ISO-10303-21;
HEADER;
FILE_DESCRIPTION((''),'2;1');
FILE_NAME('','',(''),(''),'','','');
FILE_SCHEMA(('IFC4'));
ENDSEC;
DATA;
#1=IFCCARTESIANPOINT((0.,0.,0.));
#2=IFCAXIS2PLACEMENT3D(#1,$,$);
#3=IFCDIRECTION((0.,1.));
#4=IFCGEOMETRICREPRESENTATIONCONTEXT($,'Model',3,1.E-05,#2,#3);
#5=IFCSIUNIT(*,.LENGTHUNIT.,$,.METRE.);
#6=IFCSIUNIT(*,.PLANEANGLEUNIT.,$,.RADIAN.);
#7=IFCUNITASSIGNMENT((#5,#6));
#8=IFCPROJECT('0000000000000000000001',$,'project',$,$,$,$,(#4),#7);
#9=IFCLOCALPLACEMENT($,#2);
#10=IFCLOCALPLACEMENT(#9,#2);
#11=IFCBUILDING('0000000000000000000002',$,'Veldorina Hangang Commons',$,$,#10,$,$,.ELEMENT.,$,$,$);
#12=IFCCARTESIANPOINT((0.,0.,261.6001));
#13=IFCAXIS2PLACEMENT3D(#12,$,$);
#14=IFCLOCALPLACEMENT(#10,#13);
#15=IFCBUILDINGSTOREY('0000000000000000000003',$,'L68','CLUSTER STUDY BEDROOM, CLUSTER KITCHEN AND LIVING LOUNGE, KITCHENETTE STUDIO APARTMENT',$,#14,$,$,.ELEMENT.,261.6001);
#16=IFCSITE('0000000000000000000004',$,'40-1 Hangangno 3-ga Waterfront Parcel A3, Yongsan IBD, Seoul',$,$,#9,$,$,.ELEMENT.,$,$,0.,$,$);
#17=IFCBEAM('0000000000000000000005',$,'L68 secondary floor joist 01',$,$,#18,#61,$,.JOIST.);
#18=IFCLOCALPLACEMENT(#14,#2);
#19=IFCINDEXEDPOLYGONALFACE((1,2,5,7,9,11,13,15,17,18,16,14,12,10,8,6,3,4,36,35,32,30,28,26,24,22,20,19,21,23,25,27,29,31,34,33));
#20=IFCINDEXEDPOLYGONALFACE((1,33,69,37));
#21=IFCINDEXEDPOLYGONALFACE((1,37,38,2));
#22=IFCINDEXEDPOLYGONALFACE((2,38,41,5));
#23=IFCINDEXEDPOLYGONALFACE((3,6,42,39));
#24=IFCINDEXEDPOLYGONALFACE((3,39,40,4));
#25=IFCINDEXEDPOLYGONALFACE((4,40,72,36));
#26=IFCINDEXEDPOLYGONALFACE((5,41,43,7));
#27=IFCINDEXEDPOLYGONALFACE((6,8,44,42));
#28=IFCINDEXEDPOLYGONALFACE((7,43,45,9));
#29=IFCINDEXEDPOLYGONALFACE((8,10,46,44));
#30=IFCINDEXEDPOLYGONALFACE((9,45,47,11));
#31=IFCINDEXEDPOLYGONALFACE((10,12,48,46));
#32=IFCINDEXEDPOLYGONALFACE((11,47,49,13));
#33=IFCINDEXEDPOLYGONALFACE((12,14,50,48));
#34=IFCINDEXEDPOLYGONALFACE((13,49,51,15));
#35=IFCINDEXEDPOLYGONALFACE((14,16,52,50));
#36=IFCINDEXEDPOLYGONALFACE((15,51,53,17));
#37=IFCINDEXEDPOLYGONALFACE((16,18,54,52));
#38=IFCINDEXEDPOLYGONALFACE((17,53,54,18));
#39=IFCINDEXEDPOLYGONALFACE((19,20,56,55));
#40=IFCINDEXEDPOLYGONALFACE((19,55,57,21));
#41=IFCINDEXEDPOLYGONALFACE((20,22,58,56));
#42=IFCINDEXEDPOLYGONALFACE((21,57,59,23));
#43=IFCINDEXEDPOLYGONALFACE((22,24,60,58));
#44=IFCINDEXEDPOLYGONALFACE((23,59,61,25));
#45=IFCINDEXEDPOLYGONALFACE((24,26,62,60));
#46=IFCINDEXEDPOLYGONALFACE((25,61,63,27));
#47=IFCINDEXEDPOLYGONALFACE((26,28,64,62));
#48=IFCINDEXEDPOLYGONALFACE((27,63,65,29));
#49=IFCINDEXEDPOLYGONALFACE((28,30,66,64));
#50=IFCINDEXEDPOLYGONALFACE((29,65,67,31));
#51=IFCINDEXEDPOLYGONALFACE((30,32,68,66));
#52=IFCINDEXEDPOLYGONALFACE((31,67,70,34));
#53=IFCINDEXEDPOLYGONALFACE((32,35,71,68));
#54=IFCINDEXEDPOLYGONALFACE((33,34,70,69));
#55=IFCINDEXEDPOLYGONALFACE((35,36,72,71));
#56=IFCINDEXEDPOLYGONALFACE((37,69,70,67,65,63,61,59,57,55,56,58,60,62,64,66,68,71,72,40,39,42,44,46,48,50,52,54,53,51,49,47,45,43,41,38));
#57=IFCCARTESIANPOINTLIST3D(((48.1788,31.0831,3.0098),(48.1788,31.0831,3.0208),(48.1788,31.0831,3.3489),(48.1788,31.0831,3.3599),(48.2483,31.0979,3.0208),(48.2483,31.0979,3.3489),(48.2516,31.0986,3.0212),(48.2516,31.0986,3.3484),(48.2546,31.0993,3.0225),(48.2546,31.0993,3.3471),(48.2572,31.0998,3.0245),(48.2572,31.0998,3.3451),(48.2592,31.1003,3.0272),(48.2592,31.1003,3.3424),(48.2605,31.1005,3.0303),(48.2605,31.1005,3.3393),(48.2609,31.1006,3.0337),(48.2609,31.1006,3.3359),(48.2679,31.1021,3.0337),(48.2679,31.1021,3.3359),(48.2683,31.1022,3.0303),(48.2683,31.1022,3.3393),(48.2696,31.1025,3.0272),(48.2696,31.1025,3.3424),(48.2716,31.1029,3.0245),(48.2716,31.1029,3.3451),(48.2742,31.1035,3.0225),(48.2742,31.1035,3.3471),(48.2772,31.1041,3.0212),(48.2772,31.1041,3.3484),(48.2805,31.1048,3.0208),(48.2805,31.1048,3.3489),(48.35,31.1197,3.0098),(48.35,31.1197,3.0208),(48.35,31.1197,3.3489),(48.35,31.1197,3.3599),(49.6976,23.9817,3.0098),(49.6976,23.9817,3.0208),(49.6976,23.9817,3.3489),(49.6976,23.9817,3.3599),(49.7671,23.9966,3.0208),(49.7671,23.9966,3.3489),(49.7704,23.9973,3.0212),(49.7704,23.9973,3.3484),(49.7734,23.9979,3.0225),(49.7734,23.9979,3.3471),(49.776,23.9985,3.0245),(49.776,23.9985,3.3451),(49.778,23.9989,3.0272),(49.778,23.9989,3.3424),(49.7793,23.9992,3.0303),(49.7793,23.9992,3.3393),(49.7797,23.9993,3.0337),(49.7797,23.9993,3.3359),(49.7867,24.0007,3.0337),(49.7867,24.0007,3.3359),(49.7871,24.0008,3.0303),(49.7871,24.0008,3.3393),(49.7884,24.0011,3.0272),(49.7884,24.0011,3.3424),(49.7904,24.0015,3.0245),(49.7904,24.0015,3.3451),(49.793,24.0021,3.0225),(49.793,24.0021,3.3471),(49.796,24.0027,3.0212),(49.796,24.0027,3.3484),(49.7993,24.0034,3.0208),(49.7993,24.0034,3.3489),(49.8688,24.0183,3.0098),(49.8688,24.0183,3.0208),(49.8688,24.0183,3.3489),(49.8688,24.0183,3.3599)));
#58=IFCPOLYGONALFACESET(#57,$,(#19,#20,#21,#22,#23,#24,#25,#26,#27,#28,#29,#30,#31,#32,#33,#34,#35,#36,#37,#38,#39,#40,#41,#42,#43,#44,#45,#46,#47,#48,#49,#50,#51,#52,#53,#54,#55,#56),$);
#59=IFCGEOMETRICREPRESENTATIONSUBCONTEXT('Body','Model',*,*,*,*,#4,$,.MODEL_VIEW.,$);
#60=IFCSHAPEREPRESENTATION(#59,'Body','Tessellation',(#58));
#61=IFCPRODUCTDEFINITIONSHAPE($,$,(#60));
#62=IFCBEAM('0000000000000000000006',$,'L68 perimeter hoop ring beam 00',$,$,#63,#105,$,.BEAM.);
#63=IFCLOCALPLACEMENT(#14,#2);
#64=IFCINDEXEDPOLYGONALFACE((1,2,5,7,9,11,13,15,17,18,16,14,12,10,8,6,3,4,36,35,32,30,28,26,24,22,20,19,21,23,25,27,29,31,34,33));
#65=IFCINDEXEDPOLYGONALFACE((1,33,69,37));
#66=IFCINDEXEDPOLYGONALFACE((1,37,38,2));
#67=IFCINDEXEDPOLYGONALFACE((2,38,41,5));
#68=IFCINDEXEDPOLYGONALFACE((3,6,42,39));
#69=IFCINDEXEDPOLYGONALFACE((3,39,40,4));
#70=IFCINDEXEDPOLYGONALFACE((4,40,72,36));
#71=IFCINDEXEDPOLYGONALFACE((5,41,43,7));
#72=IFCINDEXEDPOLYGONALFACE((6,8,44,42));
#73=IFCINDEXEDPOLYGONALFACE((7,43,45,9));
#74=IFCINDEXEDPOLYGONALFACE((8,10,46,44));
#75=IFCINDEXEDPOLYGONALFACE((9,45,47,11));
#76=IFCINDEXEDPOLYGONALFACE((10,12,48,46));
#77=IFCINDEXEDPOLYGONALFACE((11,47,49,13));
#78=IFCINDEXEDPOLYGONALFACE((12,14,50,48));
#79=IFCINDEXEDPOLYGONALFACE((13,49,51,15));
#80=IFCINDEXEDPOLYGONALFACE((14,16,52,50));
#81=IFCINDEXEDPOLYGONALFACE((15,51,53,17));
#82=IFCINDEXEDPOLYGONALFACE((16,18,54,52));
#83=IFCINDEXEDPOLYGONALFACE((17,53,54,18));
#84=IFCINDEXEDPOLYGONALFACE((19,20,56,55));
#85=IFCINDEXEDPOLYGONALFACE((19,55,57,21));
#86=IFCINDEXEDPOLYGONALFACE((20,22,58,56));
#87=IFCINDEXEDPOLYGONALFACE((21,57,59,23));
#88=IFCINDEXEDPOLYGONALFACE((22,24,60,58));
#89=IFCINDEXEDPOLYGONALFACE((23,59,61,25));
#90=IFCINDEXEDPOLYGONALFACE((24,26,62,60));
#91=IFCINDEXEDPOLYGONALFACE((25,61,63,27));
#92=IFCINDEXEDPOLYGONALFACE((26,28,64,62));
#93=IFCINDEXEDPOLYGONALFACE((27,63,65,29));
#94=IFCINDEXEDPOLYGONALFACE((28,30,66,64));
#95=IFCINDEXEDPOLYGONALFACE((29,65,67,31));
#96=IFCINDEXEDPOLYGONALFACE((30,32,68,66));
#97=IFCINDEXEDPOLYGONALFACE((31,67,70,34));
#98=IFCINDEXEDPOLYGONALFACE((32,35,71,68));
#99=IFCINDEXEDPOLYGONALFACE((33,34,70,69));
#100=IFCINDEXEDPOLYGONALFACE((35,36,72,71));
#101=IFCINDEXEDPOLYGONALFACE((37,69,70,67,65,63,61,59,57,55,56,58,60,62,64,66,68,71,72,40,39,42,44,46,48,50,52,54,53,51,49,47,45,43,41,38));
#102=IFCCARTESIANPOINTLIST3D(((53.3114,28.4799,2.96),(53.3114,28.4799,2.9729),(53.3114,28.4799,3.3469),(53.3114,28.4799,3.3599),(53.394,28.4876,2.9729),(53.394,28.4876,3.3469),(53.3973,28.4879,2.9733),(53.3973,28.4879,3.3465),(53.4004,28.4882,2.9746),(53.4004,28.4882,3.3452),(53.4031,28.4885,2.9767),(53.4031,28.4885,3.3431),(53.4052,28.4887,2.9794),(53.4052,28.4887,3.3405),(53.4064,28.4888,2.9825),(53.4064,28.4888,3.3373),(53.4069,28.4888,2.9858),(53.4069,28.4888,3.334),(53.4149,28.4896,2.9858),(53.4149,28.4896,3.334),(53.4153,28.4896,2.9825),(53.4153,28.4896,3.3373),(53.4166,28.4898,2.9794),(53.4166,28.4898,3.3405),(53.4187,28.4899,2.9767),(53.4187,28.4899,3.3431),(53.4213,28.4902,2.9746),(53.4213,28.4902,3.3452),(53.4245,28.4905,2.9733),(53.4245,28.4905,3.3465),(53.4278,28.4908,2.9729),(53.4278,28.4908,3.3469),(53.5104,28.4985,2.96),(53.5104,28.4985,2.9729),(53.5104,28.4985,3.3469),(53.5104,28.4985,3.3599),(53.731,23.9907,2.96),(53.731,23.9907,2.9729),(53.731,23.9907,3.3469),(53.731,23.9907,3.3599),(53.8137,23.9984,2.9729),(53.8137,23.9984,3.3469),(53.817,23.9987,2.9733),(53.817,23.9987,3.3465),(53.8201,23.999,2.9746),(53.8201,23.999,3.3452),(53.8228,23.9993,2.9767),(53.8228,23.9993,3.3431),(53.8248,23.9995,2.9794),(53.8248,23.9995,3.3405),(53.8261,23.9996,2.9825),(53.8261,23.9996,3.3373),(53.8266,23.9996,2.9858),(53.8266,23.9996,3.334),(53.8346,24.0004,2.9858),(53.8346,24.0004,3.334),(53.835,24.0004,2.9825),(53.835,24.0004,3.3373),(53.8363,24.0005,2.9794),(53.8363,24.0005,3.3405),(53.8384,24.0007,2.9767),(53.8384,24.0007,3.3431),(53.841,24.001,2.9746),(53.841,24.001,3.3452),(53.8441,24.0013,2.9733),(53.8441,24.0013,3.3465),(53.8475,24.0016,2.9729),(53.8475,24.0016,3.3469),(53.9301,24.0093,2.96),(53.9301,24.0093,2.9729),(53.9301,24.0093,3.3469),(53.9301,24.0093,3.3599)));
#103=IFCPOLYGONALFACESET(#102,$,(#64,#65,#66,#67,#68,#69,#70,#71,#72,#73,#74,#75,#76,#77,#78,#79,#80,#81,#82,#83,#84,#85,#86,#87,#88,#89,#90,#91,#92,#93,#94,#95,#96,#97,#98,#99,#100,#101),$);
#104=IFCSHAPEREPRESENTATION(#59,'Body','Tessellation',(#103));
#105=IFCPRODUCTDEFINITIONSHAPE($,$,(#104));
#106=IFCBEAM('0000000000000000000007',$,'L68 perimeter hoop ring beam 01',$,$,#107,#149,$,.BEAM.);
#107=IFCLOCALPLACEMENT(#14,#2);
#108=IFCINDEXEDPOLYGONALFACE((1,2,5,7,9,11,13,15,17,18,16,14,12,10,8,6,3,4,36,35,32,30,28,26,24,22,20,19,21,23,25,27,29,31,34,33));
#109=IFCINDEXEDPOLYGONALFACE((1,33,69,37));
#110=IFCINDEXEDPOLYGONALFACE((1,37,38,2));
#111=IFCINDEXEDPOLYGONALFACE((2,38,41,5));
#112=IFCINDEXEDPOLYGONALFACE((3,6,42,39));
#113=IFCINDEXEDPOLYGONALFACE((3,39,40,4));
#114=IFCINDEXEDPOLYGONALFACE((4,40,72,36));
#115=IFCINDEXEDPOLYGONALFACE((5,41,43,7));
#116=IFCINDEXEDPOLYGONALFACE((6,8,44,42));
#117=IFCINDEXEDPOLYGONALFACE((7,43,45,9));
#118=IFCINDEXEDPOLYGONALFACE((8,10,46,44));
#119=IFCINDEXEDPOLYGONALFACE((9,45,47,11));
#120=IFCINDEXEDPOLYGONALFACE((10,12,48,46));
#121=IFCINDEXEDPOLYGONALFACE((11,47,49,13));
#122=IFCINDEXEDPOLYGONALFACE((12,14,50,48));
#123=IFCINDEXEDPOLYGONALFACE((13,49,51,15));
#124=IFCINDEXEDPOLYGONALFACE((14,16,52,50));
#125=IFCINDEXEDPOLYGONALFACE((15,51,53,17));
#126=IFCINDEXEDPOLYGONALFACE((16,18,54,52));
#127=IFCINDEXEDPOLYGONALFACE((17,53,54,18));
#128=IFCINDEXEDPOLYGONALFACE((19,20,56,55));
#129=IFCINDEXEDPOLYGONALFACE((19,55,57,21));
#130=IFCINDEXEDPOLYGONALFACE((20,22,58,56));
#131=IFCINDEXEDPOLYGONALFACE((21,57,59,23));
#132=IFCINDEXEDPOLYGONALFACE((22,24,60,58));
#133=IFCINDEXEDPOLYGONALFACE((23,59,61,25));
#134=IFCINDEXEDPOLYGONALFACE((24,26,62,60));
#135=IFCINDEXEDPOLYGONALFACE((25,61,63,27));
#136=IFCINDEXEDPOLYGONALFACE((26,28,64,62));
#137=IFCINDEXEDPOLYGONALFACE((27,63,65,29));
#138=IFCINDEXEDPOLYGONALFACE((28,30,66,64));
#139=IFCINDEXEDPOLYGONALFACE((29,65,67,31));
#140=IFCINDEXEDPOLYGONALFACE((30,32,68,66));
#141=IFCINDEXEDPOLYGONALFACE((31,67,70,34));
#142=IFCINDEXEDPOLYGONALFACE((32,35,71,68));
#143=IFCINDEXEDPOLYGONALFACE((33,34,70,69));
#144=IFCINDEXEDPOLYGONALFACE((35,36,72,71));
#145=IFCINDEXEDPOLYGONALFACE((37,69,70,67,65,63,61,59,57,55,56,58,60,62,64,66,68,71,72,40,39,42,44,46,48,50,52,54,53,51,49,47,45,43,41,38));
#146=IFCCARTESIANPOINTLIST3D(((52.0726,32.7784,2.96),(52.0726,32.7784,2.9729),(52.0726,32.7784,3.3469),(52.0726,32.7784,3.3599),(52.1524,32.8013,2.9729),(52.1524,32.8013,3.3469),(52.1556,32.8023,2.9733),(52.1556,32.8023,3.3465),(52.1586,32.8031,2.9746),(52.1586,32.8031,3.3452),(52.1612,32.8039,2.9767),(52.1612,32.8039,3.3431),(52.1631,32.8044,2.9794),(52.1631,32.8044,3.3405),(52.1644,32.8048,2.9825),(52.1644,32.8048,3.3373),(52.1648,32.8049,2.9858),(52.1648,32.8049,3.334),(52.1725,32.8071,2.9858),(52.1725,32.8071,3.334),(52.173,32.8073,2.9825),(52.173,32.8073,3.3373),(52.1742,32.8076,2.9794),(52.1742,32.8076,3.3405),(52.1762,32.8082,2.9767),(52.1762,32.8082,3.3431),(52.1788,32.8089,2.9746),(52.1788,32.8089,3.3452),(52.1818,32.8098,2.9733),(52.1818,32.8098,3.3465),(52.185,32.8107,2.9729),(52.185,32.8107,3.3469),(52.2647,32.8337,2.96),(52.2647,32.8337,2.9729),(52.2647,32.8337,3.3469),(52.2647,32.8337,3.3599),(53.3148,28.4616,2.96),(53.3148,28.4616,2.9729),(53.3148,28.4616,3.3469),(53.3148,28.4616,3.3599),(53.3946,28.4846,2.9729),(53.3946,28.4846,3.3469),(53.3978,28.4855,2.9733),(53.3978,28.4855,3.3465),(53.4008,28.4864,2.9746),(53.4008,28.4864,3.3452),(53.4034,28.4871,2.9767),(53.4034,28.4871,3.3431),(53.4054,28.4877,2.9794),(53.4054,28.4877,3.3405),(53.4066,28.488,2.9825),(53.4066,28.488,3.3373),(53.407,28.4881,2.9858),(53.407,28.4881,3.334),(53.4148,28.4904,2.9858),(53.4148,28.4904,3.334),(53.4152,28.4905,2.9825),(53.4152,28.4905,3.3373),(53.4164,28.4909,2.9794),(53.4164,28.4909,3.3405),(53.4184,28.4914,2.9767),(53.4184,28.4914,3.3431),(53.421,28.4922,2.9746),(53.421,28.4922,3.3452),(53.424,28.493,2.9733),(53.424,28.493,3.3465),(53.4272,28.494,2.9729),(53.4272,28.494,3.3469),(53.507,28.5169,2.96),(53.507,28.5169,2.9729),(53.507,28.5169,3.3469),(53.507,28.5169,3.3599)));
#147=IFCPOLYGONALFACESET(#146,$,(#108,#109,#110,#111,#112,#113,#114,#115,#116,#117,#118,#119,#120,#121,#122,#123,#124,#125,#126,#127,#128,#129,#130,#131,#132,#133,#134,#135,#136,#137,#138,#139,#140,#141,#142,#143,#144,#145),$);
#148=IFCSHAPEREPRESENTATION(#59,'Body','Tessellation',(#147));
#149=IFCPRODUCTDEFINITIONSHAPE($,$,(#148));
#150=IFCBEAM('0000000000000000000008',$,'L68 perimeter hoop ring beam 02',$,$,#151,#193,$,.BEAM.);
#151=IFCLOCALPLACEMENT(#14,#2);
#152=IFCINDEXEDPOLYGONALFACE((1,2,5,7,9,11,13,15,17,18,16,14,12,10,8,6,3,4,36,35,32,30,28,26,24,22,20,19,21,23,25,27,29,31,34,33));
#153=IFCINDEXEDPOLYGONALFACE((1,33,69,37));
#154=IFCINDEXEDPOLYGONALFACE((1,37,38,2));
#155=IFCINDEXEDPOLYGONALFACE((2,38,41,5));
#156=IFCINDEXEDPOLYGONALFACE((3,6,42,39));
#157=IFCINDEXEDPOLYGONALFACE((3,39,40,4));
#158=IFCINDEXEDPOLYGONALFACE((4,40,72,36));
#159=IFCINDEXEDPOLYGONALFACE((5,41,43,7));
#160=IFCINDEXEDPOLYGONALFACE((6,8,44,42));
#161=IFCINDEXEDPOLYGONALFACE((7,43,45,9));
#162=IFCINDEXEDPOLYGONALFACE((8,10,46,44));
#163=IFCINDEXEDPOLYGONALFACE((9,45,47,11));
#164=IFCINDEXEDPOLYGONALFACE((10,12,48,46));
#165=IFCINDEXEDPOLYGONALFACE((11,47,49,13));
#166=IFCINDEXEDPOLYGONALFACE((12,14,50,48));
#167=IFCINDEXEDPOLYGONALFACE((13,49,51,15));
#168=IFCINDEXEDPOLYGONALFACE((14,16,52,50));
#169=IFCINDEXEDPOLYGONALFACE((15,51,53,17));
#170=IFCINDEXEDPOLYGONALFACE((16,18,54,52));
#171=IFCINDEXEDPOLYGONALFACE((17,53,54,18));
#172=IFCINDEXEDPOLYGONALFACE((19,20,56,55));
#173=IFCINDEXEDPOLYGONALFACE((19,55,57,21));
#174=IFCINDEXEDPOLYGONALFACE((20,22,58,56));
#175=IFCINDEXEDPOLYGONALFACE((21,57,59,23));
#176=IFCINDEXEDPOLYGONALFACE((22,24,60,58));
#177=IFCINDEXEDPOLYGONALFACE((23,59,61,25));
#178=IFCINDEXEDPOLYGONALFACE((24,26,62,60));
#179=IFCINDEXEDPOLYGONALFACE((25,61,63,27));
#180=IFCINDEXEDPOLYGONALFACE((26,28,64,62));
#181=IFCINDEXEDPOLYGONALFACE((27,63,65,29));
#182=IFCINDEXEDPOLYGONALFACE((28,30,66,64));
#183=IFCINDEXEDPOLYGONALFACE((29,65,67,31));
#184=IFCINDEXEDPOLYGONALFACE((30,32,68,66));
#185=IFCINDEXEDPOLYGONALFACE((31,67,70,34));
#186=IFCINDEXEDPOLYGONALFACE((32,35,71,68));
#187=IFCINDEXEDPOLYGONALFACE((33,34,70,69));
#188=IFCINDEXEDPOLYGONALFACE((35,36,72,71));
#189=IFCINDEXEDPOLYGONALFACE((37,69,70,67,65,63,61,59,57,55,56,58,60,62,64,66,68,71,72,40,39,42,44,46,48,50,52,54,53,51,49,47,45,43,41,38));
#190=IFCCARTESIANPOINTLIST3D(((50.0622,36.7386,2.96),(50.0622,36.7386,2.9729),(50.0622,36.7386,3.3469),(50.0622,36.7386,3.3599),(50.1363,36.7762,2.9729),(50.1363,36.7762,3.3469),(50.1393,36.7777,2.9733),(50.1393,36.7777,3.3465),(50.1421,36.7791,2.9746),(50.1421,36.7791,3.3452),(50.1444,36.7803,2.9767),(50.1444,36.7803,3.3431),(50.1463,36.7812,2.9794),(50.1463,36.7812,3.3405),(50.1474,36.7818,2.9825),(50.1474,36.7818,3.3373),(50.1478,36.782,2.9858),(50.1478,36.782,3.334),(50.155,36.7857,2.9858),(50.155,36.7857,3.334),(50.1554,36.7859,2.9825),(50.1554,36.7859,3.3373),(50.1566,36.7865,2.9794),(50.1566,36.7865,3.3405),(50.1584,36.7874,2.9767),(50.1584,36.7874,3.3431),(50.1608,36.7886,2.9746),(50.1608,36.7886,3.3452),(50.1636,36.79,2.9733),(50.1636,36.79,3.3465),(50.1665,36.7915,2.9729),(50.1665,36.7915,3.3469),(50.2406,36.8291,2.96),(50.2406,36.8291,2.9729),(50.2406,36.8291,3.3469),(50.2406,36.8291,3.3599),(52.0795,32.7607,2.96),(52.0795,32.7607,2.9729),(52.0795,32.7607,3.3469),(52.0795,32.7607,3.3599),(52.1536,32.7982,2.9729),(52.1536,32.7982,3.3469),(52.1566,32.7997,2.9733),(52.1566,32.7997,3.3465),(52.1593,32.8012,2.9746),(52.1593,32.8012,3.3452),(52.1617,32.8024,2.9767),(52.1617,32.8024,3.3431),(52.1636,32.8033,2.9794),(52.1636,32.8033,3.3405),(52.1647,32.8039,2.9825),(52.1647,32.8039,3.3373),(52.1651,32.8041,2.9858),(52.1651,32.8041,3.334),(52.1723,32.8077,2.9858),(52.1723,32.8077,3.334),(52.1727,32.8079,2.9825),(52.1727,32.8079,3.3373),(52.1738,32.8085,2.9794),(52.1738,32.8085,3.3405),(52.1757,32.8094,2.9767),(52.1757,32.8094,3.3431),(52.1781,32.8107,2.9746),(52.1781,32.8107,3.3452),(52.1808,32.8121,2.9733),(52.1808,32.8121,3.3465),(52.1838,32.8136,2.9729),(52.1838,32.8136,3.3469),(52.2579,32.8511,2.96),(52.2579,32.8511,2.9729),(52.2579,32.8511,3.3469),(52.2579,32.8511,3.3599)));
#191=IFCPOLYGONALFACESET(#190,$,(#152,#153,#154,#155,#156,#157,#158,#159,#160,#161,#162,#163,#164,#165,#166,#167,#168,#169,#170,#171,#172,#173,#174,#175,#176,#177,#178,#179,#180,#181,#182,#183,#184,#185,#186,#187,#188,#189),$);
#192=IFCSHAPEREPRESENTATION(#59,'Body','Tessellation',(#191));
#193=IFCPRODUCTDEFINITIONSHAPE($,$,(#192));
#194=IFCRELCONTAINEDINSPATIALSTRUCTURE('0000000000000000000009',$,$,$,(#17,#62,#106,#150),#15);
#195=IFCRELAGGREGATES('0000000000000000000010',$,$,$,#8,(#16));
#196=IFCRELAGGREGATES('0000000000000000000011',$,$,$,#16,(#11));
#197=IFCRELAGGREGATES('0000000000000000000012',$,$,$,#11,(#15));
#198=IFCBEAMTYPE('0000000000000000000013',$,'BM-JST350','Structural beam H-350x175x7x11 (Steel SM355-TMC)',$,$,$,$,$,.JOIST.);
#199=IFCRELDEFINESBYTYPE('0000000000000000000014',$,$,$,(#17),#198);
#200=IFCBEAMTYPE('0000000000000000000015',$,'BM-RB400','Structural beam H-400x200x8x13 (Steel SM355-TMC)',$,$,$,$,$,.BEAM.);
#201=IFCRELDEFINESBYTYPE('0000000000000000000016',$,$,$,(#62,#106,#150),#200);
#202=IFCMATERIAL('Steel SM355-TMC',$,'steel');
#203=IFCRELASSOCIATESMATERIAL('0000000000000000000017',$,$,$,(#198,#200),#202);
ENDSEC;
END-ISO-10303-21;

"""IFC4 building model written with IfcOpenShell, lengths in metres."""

from ifc_helpers import new_model, si_unit, direction, frame, origin, origin_2d, place, context, subcontext, project, spatial, i_section, extrude, material, material_profile, profile_set, type_object, element, save


model = new_model("IFC4")

# Units and contexts
model_context = context("Model", 3, precision=1e-05, world=origin(), true_north=direction((0.0, 1.0)))
body_context = subcontext(model_context, "Body", "Model", "MODEL_VIEW")
ifc_project = project(units=[si_unit("LENGTHUNIT", "METRE"), si_unit("PLANEANGLEUNIT", "RADIAN")], contexts=[model_context])

# Site, building, storey
site_placement = place(None, origin())
site = spatial("IfcSite", under=ifc_project, at=site_placement, Name="40-1 Hangangno 3-ga Waterfront Parcel A3, Yongsan IBD, Seoul", CompositionType="ELEMENT", RefElevation=0.0)
building_placement = place(site_placement, origin())
building = spatial("IfcBuilding", under=site, at=building_placement, Name="Veldorina Hangang Commons", CompositionType="ELEMENT")
storey_placement = place(building_placement, frame((0.0, 0.0, 261.6001)))
storey = spatial("IfcBuildingStorey", under=building, at=storey_placement, Name="L68", Description="CLUSTER STUDY BEDROOM, CLUSTER KITCHEN AND LIVING LOUNGE, KITCHENETTE STUDIO APARTMENT", CompositionType="ELEMENT", Elevation=261.6001)

# Beams
ifc_material_1 = material(Name="Steel SM355-TMC", Category="steel")
ifc_material_profile_1 = material_profile(ifc_material_1, i_section(OverallWidth=0.175, OverallDepth=0.3501, WebThickness=0.0071, FlangeThickness=0.011, FilletRadius=0.0129, at=origin_2d()), Name="H-350x175x7x11")
ifc_profile_set_1 = profile_set([ifc_material_profile_1], Name="Steel SM355-TMC")
beam_type_1 = type_object("IfcBeamType", Name="BM-JST350", Description="Structural beam H-350x175x7x11 (Steel SM355-TMC)", PredefinedType="JOIST", material=ifc_profile_set_1)
beam_1_placement = place(storey_placement, frame((49.7832, 24.0, 3.1848), z_axis=(-0.209146, 0.977885, 0.0), x_axis=(-0.977885, -0.209146, 0.0)))
element("IfcBeam", 1, at=beam_1_placement, inside=storey, type_object=beam_type_1, Name="L68 secondary floor joist 01", PredefinedType="JOIST", context=body_context, shape_type="SweptSolid", body=[
    extrude(i_section(OverallWidth=0.175, OverallDepth=0.3501, WebThickness=0.0071, FlangeThickness=0.011, FilletRadius=0.0129, at=origin_2d()), origin(), (0.0, 0.0, 1.0), 7.262),
])
ifc_material_profile_2 = material_profile(ifc_material_1, i_section(OverallWidth=0.2, OverallDepth=0.3999, WebThickness=0.0081, FlangeThickness=0.0129, FilletRadius=0.0129, at=origin_2d()), Name="H-400x200x8x13")
ifc_profile_set_2 = profile_set([ifc_material_profile_2], Name="Steel SM355-TMC")
beam_type_2 = type_object("IfcBeamType", Name="BM-RB400", Description="Structural beam H-400x200x8x13 (Steel SM355-TMC)", PredefinedType="BEAM", material=ifc_profile_set_2)
beam_2_placement = place(storey_placement, frame((53.8306, 24.0, 3.1599), z_axis=(-0.093079, 0.995659, 0.0), x_axis=(-0.995659, -0.093079, 0.0)))
element("IfcBeam", 2, at=beam_2_placement, inside=storey, type_object=beam_type_2, Name="L68 perimeter hoop ring beam 00", PredefinedType="BEAM", context=body_context, shape_type="SweptSolid", body=[
    extrude(i_section(OverallWidth=0.2, OverallDepth=0.3999, WebThickness=0.0081, FlangeThickness=0.0129, FilletRadius=0.0129, at=origin_2d()), origin(), (0.0, 0.0, 1.0), 4.5088),
])
beam_3_placement = place(storey_placement, frame((53.4109, 28.4893, 3.1599), z_axis=(-0.276544, 0.961001, 0.0), x_axis=(-0.961001, -0.276544, 0.0)))
element("IfcBeam", 3, at=beam_3_placement, inside=storey, type_object=beam_type_2, Name="L68 perimeter hoop ring beam 01", PredefinedType="BEAM", context=body_context, shape_type="SweptSolid", body=[
    extrude(i_section(OverallWidth=0.2, OverallDepth=0.3999, WebThickness=0.0081, FlangeThickness=0.0129, FilletRadius=0.0129, at=origin_2d()), origin(), (0.0, 0.0, 1.0), 4.4919),
])
beam_4_placement = place(storey_placement, frame((52.1687, 32.8059, 3.1599), z_axis=(-0.452286, 0.891873, 0.0), x_axis=(-0.891873, -0.452286, 0.0)))
element("IfcBeam", 4, at=beam_4_placement, inside=storey, type_object=beam_type_2, Name="L68 perimeter hoop ring beam 02", PredefinedType="BEAM", context=body_context, shape_type="SweptSolid", body=[
    extrude(i_section(OverallWidth=0.2, OverallDepth=0.3999, WebThickness=0.0081, FlangeThickness=0.0129, FilletRadius=0.0129, at=origin_2d()), origin(), (0.0, 0.0, 1.0), 4.4602),
])

save(model, "model.ifc")
